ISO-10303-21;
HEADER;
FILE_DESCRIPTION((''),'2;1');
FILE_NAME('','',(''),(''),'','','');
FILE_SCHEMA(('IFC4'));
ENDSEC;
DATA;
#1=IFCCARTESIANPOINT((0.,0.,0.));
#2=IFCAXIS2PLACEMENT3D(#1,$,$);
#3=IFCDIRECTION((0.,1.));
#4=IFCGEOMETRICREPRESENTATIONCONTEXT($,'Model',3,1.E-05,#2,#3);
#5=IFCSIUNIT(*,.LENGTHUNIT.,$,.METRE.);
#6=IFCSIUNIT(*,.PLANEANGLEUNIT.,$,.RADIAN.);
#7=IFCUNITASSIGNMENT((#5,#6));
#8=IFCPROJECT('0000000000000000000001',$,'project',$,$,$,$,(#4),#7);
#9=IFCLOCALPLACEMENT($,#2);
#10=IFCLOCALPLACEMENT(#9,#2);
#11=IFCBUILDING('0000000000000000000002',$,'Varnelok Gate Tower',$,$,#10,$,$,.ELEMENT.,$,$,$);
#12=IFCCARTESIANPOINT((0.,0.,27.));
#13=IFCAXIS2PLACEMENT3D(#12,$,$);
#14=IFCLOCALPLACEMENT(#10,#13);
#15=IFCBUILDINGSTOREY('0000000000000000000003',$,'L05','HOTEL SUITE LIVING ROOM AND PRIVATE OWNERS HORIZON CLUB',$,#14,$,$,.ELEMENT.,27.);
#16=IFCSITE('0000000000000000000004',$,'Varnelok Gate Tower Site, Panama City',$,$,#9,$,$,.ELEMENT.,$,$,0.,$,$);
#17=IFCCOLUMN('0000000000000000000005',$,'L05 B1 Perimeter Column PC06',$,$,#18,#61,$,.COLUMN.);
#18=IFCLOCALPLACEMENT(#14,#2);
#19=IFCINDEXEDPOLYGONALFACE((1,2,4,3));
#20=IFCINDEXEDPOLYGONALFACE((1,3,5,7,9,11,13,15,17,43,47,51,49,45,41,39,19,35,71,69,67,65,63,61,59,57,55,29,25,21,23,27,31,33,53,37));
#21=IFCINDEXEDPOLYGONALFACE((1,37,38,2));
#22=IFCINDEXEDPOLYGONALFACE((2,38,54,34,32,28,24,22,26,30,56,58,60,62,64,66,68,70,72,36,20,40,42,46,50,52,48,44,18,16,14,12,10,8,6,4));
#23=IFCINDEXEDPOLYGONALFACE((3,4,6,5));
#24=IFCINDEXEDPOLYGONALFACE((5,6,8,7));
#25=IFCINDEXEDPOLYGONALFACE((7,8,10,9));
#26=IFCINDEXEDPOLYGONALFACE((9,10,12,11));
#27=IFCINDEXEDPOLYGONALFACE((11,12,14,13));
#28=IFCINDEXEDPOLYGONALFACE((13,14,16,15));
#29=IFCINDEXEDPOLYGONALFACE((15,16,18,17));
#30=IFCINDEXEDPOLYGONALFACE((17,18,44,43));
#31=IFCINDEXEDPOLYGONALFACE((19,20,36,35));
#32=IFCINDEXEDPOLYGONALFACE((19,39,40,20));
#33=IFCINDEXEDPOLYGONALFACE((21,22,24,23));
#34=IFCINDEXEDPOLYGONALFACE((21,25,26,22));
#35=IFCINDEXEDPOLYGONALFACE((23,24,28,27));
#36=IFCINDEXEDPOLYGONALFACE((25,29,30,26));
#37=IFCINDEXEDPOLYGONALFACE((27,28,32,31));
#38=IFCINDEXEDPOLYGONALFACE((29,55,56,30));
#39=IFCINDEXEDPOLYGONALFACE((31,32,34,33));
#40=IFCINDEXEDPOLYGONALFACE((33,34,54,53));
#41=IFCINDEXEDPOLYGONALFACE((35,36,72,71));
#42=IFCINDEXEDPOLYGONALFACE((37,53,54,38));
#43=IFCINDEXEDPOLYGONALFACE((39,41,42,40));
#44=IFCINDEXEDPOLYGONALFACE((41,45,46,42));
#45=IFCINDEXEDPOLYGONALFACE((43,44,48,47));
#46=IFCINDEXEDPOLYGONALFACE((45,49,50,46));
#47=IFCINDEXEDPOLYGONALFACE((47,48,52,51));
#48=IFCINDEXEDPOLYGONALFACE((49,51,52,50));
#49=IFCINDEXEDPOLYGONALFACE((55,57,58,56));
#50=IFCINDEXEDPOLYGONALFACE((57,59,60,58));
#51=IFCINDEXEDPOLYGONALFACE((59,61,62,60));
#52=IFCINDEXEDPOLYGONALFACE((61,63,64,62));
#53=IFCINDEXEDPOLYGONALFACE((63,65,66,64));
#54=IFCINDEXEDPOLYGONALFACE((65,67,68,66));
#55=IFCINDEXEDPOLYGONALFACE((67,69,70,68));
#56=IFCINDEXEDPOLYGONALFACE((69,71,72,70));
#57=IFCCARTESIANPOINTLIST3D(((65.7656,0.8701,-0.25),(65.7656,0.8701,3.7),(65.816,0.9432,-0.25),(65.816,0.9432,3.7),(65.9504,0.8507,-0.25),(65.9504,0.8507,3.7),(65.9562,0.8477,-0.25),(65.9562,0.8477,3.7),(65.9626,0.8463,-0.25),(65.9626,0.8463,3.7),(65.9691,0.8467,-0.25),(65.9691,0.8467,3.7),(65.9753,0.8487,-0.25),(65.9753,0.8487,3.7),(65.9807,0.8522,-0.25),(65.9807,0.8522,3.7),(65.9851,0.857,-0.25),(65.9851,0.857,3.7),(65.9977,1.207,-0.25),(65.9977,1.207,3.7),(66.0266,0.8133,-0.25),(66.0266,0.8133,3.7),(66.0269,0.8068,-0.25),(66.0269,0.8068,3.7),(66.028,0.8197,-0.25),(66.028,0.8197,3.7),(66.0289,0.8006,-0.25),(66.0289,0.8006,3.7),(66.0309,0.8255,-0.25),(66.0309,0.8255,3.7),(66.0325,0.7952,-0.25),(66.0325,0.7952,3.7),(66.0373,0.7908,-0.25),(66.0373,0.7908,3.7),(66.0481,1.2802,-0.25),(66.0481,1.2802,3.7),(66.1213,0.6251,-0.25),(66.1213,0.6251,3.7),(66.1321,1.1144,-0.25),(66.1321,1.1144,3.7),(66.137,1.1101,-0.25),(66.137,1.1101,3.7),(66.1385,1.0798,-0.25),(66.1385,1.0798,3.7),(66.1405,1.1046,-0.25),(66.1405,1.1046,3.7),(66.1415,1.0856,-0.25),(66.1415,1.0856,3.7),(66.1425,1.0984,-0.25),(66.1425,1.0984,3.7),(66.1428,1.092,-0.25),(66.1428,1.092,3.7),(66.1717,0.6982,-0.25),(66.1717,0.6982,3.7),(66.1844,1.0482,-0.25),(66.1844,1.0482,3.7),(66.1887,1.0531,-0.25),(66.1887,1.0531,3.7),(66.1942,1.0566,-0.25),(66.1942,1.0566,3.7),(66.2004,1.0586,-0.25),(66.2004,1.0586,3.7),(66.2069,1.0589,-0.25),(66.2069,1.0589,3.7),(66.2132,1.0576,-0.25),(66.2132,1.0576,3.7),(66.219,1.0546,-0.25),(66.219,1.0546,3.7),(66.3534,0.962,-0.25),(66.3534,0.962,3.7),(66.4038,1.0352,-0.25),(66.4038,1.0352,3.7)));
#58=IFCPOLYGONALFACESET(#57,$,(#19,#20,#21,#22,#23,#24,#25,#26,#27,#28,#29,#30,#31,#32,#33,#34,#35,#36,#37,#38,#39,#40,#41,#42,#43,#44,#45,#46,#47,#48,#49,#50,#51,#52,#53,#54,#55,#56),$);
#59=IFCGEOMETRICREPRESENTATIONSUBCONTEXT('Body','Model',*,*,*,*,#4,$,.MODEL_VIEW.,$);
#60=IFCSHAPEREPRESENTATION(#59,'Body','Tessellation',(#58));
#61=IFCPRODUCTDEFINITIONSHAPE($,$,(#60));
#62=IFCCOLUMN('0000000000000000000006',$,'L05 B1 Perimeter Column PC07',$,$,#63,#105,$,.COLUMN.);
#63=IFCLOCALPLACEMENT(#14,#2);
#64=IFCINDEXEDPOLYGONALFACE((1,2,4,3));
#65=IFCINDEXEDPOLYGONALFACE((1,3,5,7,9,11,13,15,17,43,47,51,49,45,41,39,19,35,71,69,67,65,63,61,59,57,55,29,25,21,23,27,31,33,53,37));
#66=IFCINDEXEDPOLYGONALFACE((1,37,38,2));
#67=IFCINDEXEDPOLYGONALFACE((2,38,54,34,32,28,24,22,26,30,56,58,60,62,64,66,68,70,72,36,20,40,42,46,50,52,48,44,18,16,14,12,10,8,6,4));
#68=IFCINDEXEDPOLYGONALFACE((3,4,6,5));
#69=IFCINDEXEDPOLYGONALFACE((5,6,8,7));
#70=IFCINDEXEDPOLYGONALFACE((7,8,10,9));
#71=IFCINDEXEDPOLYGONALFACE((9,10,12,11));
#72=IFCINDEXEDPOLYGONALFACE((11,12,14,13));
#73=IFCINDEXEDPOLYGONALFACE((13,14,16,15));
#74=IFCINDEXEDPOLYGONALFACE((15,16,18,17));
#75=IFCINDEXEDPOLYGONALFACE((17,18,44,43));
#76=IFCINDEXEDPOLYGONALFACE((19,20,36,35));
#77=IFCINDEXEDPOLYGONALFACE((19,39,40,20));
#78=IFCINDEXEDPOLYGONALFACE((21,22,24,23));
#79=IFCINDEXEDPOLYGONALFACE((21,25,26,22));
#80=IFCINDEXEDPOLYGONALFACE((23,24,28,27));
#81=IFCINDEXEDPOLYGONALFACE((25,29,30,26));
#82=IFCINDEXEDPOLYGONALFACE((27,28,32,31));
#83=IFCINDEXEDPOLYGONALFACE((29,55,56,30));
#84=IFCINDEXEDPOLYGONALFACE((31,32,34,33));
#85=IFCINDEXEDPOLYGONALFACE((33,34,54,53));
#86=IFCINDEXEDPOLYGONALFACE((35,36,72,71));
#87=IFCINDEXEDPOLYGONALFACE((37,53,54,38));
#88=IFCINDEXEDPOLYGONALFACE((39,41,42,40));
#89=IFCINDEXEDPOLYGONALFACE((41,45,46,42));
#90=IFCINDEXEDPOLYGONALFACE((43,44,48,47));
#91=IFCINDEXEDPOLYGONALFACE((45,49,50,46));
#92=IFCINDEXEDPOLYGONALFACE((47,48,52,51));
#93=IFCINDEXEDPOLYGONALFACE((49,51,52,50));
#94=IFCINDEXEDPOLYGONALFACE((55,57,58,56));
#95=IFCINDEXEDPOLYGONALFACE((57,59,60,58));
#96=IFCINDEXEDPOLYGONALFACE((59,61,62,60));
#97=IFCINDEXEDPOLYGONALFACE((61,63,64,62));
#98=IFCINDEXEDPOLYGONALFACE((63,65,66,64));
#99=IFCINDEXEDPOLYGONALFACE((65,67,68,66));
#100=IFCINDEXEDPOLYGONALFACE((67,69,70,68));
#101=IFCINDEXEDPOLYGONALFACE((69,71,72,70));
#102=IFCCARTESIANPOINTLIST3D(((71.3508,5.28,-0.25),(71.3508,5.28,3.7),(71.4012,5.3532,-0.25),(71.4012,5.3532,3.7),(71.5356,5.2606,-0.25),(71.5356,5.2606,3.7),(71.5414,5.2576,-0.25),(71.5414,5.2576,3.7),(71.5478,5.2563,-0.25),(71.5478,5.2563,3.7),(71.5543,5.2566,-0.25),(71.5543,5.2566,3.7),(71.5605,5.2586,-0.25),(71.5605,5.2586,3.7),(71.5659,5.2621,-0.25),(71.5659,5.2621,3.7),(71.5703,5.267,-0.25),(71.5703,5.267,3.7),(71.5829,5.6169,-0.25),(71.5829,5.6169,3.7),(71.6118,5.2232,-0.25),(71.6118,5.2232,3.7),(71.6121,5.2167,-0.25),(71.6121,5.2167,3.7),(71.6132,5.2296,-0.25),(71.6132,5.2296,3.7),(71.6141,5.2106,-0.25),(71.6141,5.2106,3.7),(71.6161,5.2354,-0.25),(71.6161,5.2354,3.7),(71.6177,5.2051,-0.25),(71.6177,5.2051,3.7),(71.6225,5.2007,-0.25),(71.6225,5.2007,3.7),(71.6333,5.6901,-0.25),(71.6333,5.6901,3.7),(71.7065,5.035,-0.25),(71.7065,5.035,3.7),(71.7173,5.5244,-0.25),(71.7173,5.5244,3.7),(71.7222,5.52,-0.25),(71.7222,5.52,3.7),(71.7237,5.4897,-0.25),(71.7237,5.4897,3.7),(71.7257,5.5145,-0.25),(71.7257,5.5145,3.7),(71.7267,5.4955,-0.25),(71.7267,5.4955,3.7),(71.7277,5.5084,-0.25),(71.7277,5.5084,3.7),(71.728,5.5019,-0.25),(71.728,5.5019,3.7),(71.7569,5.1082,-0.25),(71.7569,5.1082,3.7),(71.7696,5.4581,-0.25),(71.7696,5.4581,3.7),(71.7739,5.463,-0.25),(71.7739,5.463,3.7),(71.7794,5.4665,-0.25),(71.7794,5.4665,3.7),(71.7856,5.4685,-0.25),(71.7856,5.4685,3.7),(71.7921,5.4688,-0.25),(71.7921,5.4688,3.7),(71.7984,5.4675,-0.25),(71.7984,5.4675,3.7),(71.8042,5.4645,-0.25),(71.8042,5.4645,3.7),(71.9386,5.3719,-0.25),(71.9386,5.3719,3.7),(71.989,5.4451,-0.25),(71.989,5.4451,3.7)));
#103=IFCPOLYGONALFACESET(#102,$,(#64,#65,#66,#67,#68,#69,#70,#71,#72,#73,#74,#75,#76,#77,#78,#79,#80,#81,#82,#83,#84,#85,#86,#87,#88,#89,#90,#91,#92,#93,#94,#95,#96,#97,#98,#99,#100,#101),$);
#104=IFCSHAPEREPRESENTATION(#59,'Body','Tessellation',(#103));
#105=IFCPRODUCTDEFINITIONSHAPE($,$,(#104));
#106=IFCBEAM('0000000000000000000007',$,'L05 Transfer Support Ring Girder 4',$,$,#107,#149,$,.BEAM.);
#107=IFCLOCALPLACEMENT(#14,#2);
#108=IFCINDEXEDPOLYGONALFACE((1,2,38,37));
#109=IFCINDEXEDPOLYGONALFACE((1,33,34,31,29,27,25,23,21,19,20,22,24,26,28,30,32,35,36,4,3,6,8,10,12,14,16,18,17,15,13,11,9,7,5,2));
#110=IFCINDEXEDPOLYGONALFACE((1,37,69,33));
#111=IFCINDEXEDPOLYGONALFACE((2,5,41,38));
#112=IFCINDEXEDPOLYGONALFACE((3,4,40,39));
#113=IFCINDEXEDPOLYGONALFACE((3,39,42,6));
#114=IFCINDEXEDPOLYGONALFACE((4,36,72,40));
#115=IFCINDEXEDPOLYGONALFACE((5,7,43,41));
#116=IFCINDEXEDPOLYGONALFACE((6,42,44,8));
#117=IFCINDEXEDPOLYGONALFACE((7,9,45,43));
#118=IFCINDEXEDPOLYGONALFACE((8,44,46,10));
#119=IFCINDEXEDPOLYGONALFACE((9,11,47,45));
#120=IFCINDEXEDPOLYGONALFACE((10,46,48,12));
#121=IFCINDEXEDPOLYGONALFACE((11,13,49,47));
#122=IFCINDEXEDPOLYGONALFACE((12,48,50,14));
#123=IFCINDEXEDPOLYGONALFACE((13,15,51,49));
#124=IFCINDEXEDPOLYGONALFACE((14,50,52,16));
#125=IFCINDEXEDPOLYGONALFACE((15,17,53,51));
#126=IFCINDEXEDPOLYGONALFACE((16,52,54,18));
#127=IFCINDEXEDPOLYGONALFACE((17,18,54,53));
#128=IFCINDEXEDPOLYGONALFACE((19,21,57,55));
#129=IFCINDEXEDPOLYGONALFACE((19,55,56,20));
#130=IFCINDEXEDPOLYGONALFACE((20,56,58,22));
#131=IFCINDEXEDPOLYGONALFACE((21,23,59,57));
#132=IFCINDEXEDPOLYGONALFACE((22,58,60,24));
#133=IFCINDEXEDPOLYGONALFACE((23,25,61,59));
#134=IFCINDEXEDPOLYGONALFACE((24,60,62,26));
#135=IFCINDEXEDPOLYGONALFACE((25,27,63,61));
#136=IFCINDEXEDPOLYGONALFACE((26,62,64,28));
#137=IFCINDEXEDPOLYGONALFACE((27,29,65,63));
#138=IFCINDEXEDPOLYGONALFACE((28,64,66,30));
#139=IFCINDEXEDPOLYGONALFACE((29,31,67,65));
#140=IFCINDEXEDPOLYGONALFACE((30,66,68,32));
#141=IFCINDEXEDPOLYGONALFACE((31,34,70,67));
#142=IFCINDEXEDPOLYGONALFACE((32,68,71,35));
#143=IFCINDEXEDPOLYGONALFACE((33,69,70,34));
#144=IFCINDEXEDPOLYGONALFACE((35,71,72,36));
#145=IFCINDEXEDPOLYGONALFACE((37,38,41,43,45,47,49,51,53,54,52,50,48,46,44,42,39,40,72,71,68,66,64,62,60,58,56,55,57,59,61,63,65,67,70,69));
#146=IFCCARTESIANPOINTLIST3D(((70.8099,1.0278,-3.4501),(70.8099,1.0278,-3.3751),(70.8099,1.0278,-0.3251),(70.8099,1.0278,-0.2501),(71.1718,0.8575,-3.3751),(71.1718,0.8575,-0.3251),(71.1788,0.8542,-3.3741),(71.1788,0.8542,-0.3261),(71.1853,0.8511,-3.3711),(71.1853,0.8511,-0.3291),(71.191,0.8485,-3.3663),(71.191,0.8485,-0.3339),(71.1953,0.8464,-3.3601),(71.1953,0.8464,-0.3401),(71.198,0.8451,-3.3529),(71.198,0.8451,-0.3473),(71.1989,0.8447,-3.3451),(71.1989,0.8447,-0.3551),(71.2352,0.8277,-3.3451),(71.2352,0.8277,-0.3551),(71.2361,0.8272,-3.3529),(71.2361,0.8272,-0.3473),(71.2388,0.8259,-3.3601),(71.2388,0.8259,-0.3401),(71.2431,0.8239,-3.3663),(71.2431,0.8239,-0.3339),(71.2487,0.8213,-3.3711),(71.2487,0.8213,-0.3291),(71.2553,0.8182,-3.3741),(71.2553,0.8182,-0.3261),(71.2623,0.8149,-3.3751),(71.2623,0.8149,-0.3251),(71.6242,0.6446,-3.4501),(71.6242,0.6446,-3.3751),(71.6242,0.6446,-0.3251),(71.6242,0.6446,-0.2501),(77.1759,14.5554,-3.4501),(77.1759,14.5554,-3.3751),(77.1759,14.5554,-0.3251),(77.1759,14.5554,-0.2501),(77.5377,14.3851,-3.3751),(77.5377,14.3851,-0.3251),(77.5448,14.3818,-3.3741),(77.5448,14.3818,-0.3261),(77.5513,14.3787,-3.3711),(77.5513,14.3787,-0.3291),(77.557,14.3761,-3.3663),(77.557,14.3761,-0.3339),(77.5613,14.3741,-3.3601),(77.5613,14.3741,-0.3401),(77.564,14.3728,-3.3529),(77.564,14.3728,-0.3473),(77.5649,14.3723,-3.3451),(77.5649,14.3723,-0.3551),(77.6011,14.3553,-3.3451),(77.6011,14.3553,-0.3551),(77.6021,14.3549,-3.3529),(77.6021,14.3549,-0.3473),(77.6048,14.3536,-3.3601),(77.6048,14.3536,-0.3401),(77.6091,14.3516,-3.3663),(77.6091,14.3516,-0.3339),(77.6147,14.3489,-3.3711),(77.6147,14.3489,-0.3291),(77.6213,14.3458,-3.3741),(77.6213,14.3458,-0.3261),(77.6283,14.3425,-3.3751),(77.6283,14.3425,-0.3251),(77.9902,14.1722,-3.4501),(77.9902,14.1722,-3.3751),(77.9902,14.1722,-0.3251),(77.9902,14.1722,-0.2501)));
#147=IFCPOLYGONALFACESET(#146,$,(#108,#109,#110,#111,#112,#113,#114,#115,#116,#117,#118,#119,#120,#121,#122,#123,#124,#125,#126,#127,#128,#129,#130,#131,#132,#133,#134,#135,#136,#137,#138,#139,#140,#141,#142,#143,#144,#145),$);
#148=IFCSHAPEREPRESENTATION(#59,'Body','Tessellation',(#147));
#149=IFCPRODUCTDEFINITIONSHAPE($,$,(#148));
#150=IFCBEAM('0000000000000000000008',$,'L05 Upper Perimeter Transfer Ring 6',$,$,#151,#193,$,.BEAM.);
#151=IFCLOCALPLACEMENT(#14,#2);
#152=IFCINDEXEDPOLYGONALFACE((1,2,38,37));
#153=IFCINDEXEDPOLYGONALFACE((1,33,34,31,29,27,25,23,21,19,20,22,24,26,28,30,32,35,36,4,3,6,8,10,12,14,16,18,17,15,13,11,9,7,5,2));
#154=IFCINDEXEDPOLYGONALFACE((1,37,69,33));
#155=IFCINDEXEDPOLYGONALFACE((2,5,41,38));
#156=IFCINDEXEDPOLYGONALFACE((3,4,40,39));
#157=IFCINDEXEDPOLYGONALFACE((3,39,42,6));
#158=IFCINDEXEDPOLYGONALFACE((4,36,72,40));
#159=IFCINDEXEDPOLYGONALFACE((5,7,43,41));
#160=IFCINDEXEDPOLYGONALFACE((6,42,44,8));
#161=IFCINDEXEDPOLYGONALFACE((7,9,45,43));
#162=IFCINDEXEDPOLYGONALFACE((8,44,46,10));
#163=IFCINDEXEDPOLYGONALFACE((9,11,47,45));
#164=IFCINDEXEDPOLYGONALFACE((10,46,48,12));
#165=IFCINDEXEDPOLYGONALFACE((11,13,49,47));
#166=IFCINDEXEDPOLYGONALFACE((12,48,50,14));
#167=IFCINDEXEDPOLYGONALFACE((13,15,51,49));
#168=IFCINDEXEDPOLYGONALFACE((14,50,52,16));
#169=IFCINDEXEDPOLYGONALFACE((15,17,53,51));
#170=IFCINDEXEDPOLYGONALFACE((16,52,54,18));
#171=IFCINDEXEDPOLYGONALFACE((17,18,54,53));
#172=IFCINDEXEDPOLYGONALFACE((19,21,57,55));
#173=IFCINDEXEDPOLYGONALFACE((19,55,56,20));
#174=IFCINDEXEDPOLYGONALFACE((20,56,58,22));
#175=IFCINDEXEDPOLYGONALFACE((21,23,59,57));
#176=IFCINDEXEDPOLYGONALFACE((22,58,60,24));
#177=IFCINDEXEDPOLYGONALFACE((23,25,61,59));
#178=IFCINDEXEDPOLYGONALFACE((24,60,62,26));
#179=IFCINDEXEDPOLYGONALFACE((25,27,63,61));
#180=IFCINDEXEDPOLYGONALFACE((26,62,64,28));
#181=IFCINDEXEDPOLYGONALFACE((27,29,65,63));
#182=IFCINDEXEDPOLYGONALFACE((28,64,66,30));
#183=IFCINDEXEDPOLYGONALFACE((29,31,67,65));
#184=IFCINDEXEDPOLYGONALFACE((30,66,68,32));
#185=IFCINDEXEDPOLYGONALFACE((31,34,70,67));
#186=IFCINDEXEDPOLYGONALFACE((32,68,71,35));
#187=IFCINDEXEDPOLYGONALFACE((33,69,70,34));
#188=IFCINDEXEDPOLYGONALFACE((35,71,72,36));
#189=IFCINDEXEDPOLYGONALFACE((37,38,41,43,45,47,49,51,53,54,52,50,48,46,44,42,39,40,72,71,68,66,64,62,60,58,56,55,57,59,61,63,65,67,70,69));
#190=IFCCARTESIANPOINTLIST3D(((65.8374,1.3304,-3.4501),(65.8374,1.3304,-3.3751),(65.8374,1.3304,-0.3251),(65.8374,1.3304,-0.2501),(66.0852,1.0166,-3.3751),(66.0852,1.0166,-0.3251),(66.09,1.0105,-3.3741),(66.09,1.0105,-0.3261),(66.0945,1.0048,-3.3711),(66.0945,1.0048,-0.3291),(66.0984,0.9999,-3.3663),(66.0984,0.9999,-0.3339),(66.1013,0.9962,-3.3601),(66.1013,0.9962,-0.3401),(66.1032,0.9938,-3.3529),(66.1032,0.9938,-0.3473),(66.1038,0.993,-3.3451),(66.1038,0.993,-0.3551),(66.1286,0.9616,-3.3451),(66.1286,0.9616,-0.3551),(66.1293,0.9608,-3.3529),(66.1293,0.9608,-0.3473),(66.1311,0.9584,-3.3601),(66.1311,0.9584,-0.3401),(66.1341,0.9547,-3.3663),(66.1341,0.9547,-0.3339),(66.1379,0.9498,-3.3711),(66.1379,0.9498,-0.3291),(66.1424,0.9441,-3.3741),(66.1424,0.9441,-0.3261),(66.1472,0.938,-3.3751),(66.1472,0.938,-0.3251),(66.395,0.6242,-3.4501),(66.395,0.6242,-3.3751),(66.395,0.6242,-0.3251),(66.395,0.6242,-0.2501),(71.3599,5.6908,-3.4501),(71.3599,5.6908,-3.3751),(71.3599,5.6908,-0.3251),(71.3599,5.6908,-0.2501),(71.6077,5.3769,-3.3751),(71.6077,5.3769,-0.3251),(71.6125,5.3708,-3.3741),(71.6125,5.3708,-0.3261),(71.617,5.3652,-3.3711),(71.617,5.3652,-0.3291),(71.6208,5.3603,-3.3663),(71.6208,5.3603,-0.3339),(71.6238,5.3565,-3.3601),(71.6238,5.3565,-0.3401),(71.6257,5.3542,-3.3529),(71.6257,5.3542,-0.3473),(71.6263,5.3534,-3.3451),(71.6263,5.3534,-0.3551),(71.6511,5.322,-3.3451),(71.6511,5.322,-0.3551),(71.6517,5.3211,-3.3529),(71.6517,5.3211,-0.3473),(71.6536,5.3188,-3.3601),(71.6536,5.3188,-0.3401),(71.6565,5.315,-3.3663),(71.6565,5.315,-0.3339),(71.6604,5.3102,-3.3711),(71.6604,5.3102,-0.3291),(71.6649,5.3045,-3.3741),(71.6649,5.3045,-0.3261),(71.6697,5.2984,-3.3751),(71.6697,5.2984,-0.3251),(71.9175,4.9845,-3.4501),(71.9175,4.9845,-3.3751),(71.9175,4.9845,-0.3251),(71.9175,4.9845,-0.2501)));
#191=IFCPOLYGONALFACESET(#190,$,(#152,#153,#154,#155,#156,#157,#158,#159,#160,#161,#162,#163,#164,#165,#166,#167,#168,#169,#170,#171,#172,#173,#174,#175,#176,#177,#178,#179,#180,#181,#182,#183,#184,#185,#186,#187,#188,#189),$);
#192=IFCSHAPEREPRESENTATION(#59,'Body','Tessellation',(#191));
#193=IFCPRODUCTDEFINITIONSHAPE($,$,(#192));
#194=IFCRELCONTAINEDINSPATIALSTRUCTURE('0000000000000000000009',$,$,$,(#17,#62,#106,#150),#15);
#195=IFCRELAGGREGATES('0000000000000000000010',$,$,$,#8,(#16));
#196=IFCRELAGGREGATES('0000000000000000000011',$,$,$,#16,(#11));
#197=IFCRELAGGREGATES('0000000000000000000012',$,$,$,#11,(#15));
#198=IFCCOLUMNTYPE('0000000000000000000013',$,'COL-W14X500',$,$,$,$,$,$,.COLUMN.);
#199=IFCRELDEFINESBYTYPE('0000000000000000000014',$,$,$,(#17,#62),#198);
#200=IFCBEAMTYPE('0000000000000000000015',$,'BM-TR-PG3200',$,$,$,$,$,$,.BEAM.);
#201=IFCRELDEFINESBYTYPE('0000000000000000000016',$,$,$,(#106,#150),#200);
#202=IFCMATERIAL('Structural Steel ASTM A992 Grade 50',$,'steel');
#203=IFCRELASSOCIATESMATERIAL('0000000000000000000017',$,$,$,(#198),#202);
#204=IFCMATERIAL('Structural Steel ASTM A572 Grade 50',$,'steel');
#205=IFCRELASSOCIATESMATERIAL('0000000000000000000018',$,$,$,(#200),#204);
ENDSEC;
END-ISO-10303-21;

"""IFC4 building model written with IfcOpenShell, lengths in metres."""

from ifc_helpers import new_model, si_unit, direction, frame, origin, origin_2d, place, context, subcontext, project, spatial, i_section, extrude, material, material_profile, profile_set, type_object, element, save


model = new_model("IFC4")

# Units and contexts
model_context = context("Model", 3, precision=1e-05, world=origin(), true_north=direction((0.0, 1.0)))
body_context = subcontext(model_context, "Body", "Model", "MODEL_VIEW")
ifc_project = project(units=[si_unit("LENGTHUNIT", "METRE"), si_unit("PLANEANGLEUNIT", "RADIAN")], contexts=[model_context])

# Site, building, storey
site_placement = place(None, origin())
site = spatial("IfcSite", under=ifc_project, at=site_placement, Name="Varnelok Gate Tower Site, Panama City", CompositionType="ELEMENT", RefElevation=0.0)
building_placement = place(site_placement, origin())
building = spatial("IfcBuilding", under=site, at=building_placement, Name="Varnelok Gate Tower", CompositionType="ELEMENT")
storey_placement = place(building_placement, frame((0.0, 0.0, 27.0)))
storey = spatial("IfcBuildingStorey", under=building, at=storey_placement, Name="L05", Description="HOTEL SUITE LIVING ROOM AND PRIVATE OWNERS HORIZON CLUB", CompositionType="ELEMENT", Elevation=27.0)

# Columns
ifc_material_1 = material(Name="Structural Steel ASTM A992 Grade 50", Category="steel")
ifc_material_profile_1 = material_profile(ifc_material_1, i_section(OverallWidth=0.4319, OverallDepth=0.498, WebThickness=0.0557, FlangeThickness=0.0889, FilletRadius=0.0249, at=origin_2d()), Name="W14X500")
ifc_profile_set_1 = profile_set([ifc_material_profile_1], Name="Structural Steel ASTM A992 Grade 50")
column_type = type_object("IfcColumnType", Name="COL-W14X500", PredefinedType="COLUMN", material=ifc_profile_set_1)
for number, where, z_axis, x_axis, name in (
    (1, (66.0847, 0.9526, -0.25), (0.0, 0.0, 1.0), (0.823533, -0.567269, 0.0), "L05 B1 Perimeter Column PC06"),
    (2, (71.6699, 5.3625, -0.25), (0.0, 0.0, 1.0), (0.823533, -0.567269, 0.0), "L05 B1 Perimeter Column PC07"),
):
    element("IfcColumn", number, at=place(storey_placement, frame(where, z_axis=z_axis, x_axis=x_axis)), inside=storey, type_object=column_type, Name=name, PredefinedType="COLUMN", context=body_context, shape_type="SweptSolid", body=[
        extrude(i_section(OverallWidth=0.4319, OverallDepth=0.498, WebThickness=0.0557, FlangeThickness=0.0889, FilletRadius=0.0249, at=origin_2d()), origin(), (0.0, 0.0, 1.0), 3.95),
    ])

# Beams
ifc_material_2 = material(Name="Structural Steel ASTM A572 Grade 50", Category="steel")
ifc_material_profile_2 = material_profile(ifc_material_2, i_section(OverallWidth=0.8999, OverallDepth=3.2, WebThickness=0.04, FlangeThickness=0.075, FilletRadius=0.03, at=origin_2d()), Name="PG3200X900")
ifc_profile_set_2 = profile_set([ifc_material_profile_2], Name="Structural Steel ASTM A572 Grade 50")
beam_type = type_object("IfcBeamType", Name="BM-TR-PG3200", PredefinedType="BEAM", material=ifc_profile_set_2)
beam_1_placement = place(storey_placement, frame((71.217, 0.8362, -1.8501), z_axis=(0.425799, 0.904818, 0.0), x_axis=(-0.904818, 0.425799, 0.0)))
element("IfcBeam", 3, at=beam_1_placement, inside=storey, type_object=beam_type, Name="L05 Transfer Support Ring Girder 4", PredefinedType="BEAM", context=body_context, shape_type="SweptSolid", body=[
    extrude(i_section(OverallWidth=0.8999, OverallDepth=3.2, WebThickness=0.04, FlangeThickness=0.075, FilletRadius=0.03, at=origin_2d()), origin(), (0.0, 0.0, 1.0), 14.9507),
])
beam_2_placement = place(storey_placement, frame((66.1162, 0.9773, -1.8501), z_axis=(0.784847, 0.619689, 0.0), x_axis=(-0.619689, 0.784847, 0.0)))
element("IfcBeam", 4, at=beam_2_placement, inside=storey, type_object=beam_type, Name="L05 Upper Perimeter Transfer Ring 6", PredefinedType="BEAM", context=body_context, shape_type="SweptSolid", body=[
    extrude(i_section(OverallWidth=0.8999, OverallDepth=3.2, WebThickness=0.04, FlangeThickness=0.075, FilletRadius=0.03, at=origin_2d()), origin(), (0.0, 0.0, 1.0), 7.0364),
])

save(model, "model.ifc")
